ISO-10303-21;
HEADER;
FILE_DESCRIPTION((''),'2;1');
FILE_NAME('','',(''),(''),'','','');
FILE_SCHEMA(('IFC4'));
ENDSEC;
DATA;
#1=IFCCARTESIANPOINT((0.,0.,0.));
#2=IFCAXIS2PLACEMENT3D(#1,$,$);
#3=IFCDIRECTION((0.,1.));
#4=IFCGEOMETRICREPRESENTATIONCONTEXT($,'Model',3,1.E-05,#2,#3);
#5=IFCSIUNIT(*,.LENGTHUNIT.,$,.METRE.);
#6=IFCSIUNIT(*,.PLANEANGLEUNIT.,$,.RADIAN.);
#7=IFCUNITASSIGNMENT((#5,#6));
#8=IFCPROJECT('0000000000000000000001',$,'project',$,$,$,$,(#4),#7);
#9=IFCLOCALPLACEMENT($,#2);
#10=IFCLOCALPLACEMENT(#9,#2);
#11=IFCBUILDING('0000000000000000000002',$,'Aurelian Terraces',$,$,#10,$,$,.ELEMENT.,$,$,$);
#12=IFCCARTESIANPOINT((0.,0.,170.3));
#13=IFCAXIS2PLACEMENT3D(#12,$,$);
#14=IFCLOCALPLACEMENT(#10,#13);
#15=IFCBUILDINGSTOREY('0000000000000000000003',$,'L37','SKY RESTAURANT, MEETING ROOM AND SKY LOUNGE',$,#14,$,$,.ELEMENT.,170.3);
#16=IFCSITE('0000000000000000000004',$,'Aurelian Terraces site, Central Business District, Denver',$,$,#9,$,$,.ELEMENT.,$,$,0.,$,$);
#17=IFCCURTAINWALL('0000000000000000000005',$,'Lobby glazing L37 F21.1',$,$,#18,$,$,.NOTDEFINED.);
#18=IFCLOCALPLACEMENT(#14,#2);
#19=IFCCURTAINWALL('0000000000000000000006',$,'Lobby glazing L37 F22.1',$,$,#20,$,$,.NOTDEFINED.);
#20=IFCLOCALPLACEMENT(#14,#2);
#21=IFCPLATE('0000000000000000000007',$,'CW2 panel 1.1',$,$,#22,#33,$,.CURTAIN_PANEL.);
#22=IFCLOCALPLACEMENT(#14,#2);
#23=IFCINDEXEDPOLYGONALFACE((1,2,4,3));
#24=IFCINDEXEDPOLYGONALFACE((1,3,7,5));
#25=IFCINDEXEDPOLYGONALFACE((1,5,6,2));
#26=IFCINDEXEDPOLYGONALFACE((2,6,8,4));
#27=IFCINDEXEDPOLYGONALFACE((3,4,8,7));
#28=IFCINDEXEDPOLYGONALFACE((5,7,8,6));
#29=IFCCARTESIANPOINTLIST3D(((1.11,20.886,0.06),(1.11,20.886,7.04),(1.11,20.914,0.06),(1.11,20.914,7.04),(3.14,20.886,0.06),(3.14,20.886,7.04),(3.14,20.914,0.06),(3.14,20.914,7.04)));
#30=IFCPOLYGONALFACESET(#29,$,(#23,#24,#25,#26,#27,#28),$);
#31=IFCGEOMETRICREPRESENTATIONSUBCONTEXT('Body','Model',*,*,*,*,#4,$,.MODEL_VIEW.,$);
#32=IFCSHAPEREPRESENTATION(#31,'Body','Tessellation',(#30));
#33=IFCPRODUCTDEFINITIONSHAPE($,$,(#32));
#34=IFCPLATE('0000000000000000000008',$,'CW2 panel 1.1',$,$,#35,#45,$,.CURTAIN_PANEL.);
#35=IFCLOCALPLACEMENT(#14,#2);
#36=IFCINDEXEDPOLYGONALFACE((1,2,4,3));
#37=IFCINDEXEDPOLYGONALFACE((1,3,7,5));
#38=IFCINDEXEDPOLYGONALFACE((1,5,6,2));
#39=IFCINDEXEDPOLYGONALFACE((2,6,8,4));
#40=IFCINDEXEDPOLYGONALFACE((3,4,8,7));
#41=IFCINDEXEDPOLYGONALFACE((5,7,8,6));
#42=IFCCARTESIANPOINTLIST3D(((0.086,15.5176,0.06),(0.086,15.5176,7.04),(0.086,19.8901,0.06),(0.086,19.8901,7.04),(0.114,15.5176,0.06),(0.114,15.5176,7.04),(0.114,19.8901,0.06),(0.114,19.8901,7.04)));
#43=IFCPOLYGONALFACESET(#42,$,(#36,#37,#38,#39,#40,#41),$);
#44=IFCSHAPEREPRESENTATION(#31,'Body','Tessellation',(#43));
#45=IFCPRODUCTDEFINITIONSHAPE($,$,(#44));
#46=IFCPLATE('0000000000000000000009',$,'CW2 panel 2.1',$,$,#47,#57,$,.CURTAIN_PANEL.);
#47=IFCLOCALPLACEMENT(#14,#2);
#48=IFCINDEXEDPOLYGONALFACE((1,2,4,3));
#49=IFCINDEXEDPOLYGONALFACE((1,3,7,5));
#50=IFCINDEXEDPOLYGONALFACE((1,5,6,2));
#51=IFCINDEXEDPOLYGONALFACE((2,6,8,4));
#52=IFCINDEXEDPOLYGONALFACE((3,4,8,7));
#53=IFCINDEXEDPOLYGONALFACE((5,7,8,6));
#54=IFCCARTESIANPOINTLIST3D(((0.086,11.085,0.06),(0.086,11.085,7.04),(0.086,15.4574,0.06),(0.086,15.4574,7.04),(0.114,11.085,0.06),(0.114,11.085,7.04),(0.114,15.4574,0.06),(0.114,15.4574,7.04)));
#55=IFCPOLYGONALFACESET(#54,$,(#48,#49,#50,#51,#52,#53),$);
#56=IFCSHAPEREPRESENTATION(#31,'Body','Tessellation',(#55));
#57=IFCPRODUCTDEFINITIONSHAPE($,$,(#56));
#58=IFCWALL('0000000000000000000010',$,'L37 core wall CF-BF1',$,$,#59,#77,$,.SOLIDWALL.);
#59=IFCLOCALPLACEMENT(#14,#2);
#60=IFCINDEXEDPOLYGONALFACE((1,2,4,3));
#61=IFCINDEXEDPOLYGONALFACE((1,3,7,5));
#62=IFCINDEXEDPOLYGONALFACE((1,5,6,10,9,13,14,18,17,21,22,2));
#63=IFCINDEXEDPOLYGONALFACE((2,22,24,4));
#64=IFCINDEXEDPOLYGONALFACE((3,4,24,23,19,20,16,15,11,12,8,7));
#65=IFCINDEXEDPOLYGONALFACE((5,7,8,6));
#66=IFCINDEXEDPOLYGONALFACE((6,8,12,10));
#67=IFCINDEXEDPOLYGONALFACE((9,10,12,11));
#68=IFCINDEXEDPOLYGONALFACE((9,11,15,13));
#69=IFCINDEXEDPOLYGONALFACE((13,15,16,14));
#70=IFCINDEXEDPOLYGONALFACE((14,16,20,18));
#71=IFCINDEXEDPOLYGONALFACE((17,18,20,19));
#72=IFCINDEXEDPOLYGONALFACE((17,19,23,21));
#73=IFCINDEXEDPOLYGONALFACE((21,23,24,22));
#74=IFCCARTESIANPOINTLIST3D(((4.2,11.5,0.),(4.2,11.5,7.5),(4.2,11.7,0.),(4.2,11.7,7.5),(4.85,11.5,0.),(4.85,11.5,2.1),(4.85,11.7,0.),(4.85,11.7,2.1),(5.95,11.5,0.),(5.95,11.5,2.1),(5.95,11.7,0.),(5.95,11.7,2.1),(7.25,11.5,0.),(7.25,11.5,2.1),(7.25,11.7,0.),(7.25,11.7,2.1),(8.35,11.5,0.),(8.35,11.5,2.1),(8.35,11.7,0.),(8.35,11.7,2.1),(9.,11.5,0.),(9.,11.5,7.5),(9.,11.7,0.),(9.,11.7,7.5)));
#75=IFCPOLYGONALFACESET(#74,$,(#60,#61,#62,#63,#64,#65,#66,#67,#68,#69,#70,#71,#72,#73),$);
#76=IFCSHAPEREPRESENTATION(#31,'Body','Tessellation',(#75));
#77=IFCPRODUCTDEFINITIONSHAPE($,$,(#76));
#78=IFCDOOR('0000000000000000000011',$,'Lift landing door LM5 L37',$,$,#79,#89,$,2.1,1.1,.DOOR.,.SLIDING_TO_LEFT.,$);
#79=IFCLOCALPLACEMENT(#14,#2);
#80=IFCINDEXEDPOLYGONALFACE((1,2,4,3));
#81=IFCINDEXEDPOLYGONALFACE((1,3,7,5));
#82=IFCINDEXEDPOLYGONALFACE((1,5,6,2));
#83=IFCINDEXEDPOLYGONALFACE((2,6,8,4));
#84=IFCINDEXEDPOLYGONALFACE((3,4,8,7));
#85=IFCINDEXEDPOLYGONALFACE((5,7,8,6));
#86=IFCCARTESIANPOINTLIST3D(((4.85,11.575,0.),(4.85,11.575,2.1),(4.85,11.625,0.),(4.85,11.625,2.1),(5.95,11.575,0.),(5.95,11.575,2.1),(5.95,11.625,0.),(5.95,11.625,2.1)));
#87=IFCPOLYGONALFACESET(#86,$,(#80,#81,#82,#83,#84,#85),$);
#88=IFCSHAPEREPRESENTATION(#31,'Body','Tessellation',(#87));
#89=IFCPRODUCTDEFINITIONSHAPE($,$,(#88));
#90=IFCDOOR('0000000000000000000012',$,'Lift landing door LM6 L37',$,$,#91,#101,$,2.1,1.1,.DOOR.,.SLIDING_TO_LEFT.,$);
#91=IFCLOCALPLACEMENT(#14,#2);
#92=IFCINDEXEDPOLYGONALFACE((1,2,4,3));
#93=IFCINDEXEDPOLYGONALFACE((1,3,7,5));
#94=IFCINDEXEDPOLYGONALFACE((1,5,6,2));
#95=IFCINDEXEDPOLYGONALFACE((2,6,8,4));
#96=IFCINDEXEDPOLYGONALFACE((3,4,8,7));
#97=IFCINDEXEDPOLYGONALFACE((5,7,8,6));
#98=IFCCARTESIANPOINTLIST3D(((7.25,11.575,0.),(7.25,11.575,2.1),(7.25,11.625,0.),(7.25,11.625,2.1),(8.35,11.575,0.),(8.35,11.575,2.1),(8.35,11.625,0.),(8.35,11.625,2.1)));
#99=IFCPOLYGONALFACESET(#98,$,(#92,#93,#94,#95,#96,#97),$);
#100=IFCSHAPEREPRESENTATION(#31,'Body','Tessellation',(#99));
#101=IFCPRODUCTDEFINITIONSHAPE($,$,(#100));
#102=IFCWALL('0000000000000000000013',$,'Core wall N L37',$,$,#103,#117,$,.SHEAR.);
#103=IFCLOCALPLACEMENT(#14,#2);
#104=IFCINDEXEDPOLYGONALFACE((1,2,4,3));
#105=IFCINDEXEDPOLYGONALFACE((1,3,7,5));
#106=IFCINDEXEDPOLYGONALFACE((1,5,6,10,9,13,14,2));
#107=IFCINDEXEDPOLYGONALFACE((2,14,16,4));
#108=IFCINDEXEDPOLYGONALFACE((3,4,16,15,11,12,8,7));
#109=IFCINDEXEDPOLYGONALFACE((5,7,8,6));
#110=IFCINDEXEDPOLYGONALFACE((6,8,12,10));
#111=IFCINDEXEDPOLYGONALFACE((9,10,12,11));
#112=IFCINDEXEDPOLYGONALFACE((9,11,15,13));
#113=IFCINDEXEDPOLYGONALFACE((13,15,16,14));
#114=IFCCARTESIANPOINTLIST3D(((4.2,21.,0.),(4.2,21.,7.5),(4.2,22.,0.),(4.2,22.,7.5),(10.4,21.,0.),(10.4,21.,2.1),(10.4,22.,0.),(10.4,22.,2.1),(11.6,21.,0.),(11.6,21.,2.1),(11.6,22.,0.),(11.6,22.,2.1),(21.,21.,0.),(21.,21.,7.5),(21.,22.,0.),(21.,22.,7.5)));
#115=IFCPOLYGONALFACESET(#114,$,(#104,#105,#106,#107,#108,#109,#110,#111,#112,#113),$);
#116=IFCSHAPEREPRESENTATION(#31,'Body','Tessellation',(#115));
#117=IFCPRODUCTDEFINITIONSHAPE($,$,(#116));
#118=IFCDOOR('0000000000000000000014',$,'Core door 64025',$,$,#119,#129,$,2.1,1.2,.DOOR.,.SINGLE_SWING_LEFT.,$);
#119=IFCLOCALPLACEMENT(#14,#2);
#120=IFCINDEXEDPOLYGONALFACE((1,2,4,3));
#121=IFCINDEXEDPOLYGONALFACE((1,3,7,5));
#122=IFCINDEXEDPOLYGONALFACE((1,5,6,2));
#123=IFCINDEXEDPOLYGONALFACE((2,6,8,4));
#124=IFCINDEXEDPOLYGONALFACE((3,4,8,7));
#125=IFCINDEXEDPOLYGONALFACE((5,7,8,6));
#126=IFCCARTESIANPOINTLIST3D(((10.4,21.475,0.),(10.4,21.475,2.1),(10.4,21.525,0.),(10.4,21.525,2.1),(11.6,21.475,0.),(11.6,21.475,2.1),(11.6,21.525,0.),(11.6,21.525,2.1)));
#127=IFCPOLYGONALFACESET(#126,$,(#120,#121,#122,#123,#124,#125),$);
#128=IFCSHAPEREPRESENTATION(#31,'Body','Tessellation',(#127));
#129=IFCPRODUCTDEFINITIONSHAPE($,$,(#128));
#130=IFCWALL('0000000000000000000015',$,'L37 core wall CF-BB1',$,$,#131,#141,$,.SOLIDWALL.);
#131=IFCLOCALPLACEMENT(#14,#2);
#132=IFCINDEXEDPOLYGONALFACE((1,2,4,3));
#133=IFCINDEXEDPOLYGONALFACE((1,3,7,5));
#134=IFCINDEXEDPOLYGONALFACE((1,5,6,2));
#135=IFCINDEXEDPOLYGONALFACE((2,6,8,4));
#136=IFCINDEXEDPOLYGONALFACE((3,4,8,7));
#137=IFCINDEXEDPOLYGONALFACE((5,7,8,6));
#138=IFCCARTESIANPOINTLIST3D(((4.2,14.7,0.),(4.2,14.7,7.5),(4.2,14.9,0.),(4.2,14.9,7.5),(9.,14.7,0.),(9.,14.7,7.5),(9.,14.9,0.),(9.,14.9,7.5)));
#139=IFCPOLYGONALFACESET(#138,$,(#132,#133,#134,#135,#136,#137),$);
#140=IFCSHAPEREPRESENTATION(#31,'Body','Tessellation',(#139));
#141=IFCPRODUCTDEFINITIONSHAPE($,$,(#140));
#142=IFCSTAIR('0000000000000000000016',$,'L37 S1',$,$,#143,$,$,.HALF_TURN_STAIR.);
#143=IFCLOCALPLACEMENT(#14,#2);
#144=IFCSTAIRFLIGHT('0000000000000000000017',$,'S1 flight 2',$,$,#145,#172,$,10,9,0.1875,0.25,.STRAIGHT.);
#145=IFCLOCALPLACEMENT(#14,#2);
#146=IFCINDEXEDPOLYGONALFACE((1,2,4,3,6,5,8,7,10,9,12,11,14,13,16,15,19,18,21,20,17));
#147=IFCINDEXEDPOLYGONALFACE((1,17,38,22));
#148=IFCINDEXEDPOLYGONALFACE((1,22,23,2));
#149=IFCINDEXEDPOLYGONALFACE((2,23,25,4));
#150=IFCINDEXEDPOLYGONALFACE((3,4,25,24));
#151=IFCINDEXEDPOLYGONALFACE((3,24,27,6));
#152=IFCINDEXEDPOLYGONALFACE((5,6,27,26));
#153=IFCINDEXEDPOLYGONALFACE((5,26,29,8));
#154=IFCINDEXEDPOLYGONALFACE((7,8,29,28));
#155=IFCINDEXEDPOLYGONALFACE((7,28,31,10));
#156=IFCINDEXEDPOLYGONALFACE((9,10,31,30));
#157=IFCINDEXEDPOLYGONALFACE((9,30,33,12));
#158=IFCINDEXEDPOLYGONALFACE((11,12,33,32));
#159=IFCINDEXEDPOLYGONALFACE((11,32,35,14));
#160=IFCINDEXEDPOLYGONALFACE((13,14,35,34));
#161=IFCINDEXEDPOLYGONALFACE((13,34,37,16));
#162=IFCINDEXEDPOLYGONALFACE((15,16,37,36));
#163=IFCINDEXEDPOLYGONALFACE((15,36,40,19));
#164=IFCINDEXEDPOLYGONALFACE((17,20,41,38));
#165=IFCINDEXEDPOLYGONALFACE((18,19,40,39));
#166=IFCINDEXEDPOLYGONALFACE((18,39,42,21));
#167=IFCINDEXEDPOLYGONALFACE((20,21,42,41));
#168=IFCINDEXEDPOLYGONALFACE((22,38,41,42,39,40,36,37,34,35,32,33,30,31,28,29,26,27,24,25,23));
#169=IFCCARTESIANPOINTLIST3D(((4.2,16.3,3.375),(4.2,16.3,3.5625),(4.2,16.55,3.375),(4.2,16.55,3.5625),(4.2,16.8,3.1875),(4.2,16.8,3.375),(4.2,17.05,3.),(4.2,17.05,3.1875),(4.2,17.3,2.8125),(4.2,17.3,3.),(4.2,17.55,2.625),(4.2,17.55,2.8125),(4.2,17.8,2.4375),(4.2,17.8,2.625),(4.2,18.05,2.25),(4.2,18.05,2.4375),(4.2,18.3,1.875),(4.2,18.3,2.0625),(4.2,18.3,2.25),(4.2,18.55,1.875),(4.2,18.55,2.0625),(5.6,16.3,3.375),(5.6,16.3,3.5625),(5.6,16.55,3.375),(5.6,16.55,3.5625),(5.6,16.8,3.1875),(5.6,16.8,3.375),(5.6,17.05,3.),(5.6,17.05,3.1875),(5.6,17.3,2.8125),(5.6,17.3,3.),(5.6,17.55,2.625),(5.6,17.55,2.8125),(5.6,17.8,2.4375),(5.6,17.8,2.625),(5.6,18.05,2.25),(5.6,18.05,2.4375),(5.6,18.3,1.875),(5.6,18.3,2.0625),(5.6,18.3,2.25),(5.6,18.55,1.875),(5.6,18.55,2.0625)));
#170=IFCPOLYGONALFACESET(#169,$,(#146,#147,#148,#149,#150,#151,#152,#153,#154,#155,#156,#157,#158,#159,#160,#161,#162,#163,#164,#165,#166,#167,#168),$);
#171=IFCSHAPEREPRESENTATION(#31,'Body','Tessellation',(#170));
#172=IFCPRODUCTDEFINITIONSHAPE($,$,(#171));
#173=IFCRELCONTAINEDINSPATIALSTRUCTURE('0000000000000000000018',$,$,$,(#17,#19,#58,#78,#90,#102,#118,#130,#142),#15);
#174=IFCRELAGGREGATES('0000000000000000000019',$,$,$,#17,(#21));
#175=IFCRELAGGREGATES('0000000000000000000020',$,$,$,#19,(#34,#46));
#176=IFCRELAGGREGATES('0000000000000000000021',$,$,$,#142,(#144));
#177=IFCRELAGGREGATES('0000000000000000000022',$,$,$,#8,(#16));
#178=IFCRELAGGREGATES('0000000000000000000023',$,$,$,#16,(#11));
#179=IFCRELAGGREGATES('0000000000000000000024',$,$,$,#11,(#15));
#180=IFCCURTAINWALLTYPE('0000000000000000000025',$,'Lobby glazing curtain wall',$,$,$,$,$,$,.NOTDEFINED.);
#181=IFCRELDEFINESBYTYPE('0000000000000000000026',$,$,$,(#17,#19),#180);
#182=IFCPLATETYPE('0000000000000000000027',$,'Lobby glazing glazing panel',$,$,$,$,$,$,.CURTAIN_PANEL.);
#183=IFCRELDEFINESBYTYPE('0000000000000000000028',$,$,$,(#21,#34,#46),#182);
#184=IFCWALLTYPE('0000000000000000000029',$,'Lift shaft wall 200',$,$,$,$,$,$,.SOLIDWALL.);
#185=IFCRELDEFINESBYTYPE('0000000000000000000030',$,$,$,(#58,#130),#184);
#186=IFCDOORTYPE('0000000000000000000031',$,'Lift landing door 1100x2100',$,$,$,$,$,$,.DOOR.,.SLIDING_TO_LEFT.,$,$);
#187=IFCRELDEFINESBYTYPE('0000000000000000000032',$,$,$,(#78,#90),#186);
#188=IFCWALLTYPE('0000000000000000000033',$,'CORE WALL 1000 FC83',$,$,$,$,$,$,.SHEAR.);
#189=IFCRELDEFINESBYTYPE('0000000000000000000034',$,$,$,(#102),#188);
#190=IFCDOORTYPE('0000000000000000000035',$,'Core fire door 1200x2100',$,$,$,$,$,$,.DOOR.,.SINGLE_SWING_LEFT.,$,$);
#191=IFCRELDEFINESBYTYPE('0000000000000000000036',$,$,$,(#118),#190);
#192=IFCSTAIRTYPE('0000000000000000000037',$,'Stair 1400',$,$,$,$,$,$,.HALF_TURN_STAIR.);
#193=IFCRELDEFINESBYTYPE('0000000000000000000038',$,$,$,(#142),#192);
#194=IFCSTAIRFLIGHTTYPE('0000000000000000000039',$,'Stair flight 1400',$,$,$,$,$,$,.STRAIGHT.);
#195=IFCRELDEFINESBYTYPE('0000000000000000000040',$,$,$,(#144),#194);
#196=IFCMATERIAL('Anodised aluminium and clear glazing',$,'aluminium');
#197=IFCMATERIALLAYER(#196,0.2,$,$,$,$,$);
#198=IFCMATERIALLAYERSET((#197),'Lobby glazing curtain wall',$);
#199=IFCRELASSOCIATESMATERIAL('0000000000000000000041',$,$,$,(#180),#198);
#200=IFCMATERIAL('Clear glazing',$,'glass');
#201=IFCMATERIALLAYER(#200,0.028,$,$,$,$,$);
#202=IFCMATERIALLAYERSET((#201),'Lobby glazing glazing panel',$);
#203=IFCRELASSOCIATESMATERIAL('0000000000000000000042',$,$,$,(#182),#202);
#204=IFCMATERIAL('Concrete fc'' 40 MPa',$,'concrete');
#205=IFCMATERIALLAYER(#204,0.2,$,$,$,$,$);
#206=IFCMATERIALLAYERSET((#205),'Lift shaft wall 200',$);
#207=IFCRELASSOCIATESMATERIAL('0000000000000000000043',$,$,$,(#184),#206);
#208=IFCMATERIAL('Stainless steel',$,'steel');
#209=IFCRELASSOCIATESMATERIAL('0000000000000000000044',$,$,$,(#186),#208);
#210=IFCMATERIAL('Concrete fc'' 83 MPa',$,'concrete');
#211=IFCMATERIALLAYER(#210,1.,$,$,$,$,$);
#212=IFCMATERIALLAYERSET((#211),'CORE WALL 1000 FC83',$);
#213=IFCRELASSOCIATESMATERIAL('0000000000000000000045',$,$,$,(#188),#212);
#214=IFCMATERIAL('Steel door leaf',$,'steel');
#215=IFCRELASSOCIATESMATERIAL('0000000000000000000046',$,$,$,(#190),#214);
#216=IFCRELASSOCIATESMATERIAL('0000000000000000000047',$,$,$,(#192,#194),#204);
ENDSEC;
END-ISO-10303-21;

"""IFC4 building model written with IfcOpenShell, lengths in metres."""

from ifc_helpers import new_model, si_unit, direction, frame, frame_2d, origin, origin_2d, place, context, subcontext, project, spatial, polyline, rectangle, outline, extrude, source, transform, mapped, material, layer, layer_set, type_object, element, fill, aggregate, save


model = new_model("IFC4")

# Units and contexts
model_context = context("Model", 3, precision=1e-05, world=origin(), true_north=direction((0.0, 1.0)))
body_context = subcontext(model_context, "Body", "Model", "MODEL_VIEW")
ifc_project = project(units=[si_unit("LENGTHUNIT", "METRE"), si_unit("PLANEANGLEUNIT", "RADIAN")], contexts=[model_context])

# Site, building, storey
site_placement = place(None, origin())
site = spatial("IfcSite", under=ifc_project, at=site_placement, Name="Aurelian Terraces site, Central Business District, Denver", CompositionType="ELEMENT", RefElevation=0.0)
building_placement = place(site_placement, origin())
building = spatial("IfcBuilding", under=site, at=building_placement, Name="Aurelian Terraces", CompositionType="ELEMENT")
storey_placement = place(building_placement, frame((0.0, 0.0, 170.3)))
storey = spatial("IfcBuildingStorey", under=building, at=storey_placement, Name="L37", Description="SKY RESTAURANT, MEETING ROOM AND SKY LOUNGE", CompositionType="ELEMENT", Elevation=170.3)

# Shared definitions
ifc_material_1 = material(Name="Concrete fc' 83 MPa", Category="concrete")

# Curtain walls
ifc_material_2 = material(Name="Anodised aluminium and clear glazing", Category="aluminium")
ifc_layer_1 = layer(ifc_material_2, 0.2)
ifc_layer_set_1 = layer_set([ifc_layer_1], Name="Lobby glazing curtain wall")
curtain_wall_type = type_object("IfcCurtainWallType", Name="Lobby glazing curtain wall", PredefinedType="NOTDEFINED", material=ifc_layer_set_1)
curtain_wall_1_placement = place(storey_placement, origin())
curtain_wall_1 = element("IfcCurtainWall", 1, at=curtain_wall_1_placement, inside=storey, type_object=curtain_wall_type, Name="Lobby glazing L37 F21.1", PredefinedType="NOTDEFINED")
curtain_wall_2_placement = place(storey_placement, origin())
curtain_wall_2 = element("IfcCurtainWall", 2, at=curtain_wall_2_placement, inside=storey, type_object=curtain_wall_type, Name="Lobby glazing L37 F22.1", PredefinedType="NOTDEFINED")

# Plates
ifc_material_3 = material(Name="Clear glazing", Category="glass")
ifc_layer_2 = layer(ifc_material_3, 0.028)
ifc_layer_set_2 = layer_set([ifc_layer_2], Name="Lobby glazing glazing panel")
plate_type = type_object("IfcPlateType", Name="Lobby glazing glazing panel", PredefinedType="CURTAIN_PANEL", material=ifc_layer_set_2)
plate_1_placement = place(storey_placement, frame((2.125, 20.9, 0.06), z_axis=(0.0, 0.0, 1.0), x_axis=(-1.0, 0.0, 0.0)))
plate_1 = element("IfcPlate", 3, at=plate_1_placement, type_object=plate_type, Name="CW2 panel 1.1", PredefinedType="CURTAIN_PANEL", context=body_context, shape_type="SweptSolid", body=[
    extrude(rectangle(XDim=2.03, YDim=0.028, at=origin_2d()), origin(), (0.0, 0.0, 1.0), 6.98),
])
aggregate(curtain_wall_1, [plate_1])
plate_2_placement = place(storey_placement, frame((0.1, 17.7038, 0.06), z_axis=(0.0, 0.0, 1.0), x_axis=(0.0, -1.0, 0.0)))
plate_2 = element("IfcPlate", 4, at=plate_2_placement, type_object=plate_type, Name="CW2 panel 1.1", PredefinedType="CURTAIN_PANEL", context=body_context, shape_type="SweptSolid", body=[
    extrude(rectangle(XDim=4.3725, YDim=0.028, at=origin_2d()), origin(), (0.0, 0.0, 1.0), 6.98),
])
shared_shape_1 = source(origin(), body_context, "Body", "SweptSolid", [
    extrude(rectangle(XDim=4.3725, YDim=0.028, at=origin_2d()), origin(), (0.0, 0.0, 1.0), 6.98),
])
plate_3_placement = place(storey_placement, frame((0.1, 13.2712, 0.06), z_axis=(0.0, 0.0, 1.0), x_axis=(0.0, -1.0, 0.0)))
plate_3 = element("IfcPlate", 5, at=plate_3_placement, type_object=plate_type, Name="CW2 panel 2.1", PredefinedType="CURTAIN_PANEL", context=body_context, shape_type="MappedRepresentation", body=[
    mapped(shared_shape_1, transform((0.0, 0.0, 0.0), scale=1.0)),
])
aggregate(curtain_wall_2, [plate_2, plate_3])

# Wall, openings, doors
ifc_material_4 = material(Name="Concrete fc' 40 MPa", Category="concrete")
ifc_layer_3 = layer(ifc_material_4, 0.2)
ifc_layer_set_3 = layer_set([ifc_layer_3], Name="Lift shaft wall 200")
wall_type_1 = type_object("IfcWallType", Name="Lift shaft wall 200", PredefinedType="SOLIDWALL", material=ifc_layer_set_3)
wall_1_placement = place(storey_placement, frame((4.2, 11.6, 0.0), z_axis=(0.0, 0.0, 1.0), x_axis=(1.0, 0.0, 0.0)))
wall_1 = element("IfcWall", 6, at=wall_1_placement, inside=storey, type_object=wall_type_1, Name="L37 core wall CF-BF1", PredefinedType="SOLIDWALL", context=body_context, shape_type="SweptSolid", body=[
    extrude(rectangle(XDim=4.8, YDim=0.2, at=frame_2d((2.4, 0.0))), origin(), (0.0, 0.0, 1.0), 7.5),
])
shared_shape_2 = source(origin(), body_context, "Body", "SweptSolid", [
    extrude(rectangle(XDim=1.1, YDim=2.1, at=frame_2d((0.55, 1.05))), frame((0.0, 0.11, 0.0), z_axis=(0.0, -1.0, 0.0), x_axis=(1.0, 0.0, 0.0)), (0.0, 0.0, 1.0), 0.22),
])
opening_1_placement = place(wall_1_placement, frame((0.65, 0.0, 0.0)))
opening_1 = element("IfcOpeningElement", 7, at=opening_1_placement, cuts=wall_1, PredefinedType="OPENING", context=body_context, shape_type="MappedRepresentation", body=[
    mapped(shared_shape_2, transform((0.0, 0.0, 0.0), scale=1.0)),
])
opening_2_placement = place(wall_1_placement, frame((3.05, 0.0, 0.0)))
opening_2 = element("IfcOpeningElement", 8, at=opening_2_placement, cuts=wall_1, PredefinedType="OPENING", context=body_context, shape_type="MappedRepresentation", body=[
    mapped(shared_shape_2, transform((0.0, 0.0, 0.0), scale=1.0)),
])
ifc_material_5 = material(Name="Stainless steel", Category="steel")
door_type_1 = type_object("IfcDoorType", Name="Lift landing door 1100x2100", OperationType="SLIDING_TO_LEFT", PredefinedType="DOOR", material=ifc_material_5)
shared_shape_3 = source(origin(), body_context, "Body", "SweptSolid", [
    extrude(rectangle(XDim=1.1, YDim=2.1, at=frame_2d((0.55, 1.05))), frame((0.0, 0.025, 0.0), z_axis=(0.0, -1.0, 0.0), x_axis=(1.0, 0.0, 0.0)), (0.0, 0.0, 1.0), 0.05),
])
door_1_placement = place(opening_1_placement, origin())
door_1 = element("IfcDoor", 9, at=door_1_placement, inside=storey, type_object=door_type_1, Name="Lift landing door LM5 L37", OperationType="SLIDING_TO_LEFT", OverallHeight=2.1, OverallWidth=1.1, PredefinedType="DOOR", context=body_context, shape_type="MappedRepresentation", body=[
    mapped(shared_shape_3, transform((0.0, 0.0, 0.0), scale=1.0)),
])
fill(opening_1, door_1)
door_2_placement = place(opening_2_placement, origin())
door_2 = element("IfcDoor", 10, at=door_2_placement, inside=storey, type_object=door_type_1, Name="Lift landing door LM6 L37", OperationType="SLIDING_TO_LEFT", OverallHeight=2.1, OverallWidth=1.1, PredefinedType="DOOR", context=body_context, shape_type="MappedRepresentation", body=[
    mapped(shared_shape_3, transform((0.0, 0.0, 0.0), scale=1.0)),
])
fill(opening_2, door_2)

# Wall, opening, door
ifc_layer_4 = layer(ifc_material_1, 1.0)
ifc_layer_set_4 = layer_set([ifc_layer_4], Name="CORE WALL 1000 FC83")
wall_type_2 = type_object("IfcWallType", Name="CORE WALL 1000 FC83", PredefinedType="SHEAR", material=ifc_layer_set_4)
shared_shape_4 = source(origin(), body_context, "Body", "SweptSolid", [
    extrude(rectangle(XDim=16.8, YDim=1.0, at=frame_2d((8.4, 0.0))), origin(), (0.0, 0.0, 1.0), 7.5),
])
wall_2_placement = place(storey_placement, frame((4.2, 21.5, 0.0), z_axis=(0.0, 0.0, 1.0), x_axis=(1.0, 0.0, 0.0)))
wall_2 = element("IfcWall", 11, at=wall_2_placement, inside=storey, type_object=wall_type_2, Name="Core wall N L37", PredefinedType="SHEAR", context=body_context, shape_type="MappedRepresentation", body=[
    mapped(shared_shape_4, transform((0.0, 0.0, 0.0), scale=1.0)),
])
shared_shape_5 = source(origin(), body_context, "Body", "SweptSolid", [
    extrude(rectangle(XDim=1.2, YDim=2.1, at=frame_2d((0.6, 1.05))), frame((0.0, 0.51, 0.0), z_axis=(0.0, -1.0, 0.0), x_axis=(1.0, 0.0, 0.0)), (0.0, 0.0, 1.0), 1.02),
])
opening_3_placement = place(wall_2_placement, frame((6.2, 0.0, 0.0)))
opening_3 = element("IfcOpeningElement", 12, at=opening_3_placement, cuts=wall_2, PredefinedType="OPENING", context=body_context, shape_type="MappedRepresentation", body=[
    mapped(shared_shape_5, transform((0.0, 0.0, 0.0), scale=1.0)),
])
ifc_material_6 = material(Name="Steel door leaf", Category="steel")
door_type_2 = type_object("IfcDoorType", Name="Core fire door 1200x2100", OperationType="SINGLE_SWING_LEFT", PredefinedType="DOOR", material=ifc_material_6)
shared_shape_6 = source(origin(), body_context, "Body", "SweptSolid", [
    extrude(rectangle(XDim=1.2, YDim=2.1, at=frame_2d((0.6, 1.05))), frame((0.0, 0.025, 0.0), z_axis=(0.0, -1.0, 0.0), x_axis=(1.0, 0.0, 0.0)), (0.0, 0.0, 1.0), 0.05),
])
door_3_placement = place(opening_3_placement, origin())
door_3 = element("IfcDoor", 13, at=door_3_placement, inside=storey, type_object=door_type_2, Name="Core door 64025", OperationType="SINGLE_SWING_LEFT", OverallHeight=2.1, OverallWidth=1.2, PredefinedType="DOOR", context=body_context, shape_type="MappedRepresentation", body=[
    mapped(shared_shape_6, transform((0.0, 0.0, 0.0), scale=1.0)),
])
fill(opening_3, door_3)

# Wall
shared_shape_7 = source(origin(), body_context, "Body", "SweptSolid", [
    extrude(rectangle(XDim=4.8, YDim=0.2, at=frame_2d((2.4, 0.0))), origin(), (0.0, 0.0, 1.0), 7.5),
])
wall_3_placement = place(storey_placement, frame((4.2, 14.8, 0.0), z_axis=(0.0, 0.0, 1.0), x_axis=(1.0, 0.0, 0.0)))
element("IfcWall", 14, at=wall_3_placement, inside=storey, type_object=wall_type_1, Name="L37 core wall CF-BB1", PredefinedType="SOLIDWALL", context=body_context, shape_type="MappedRepresentation", body=[
    mapped(shared_shape_7, transform((0.0, 0.0, 0.0), scale=1.0)),
])

# Stair, stair flight
stair_type = type_object("IfcStairType", Name="Stair 1400", PredefinedType="HALF_TURN_STAIR", material=ifc_material_4)
stair_placement = place(storey_placement, origin())
stair = element("IfcStair", 15, at=stair_placement, inside=storey, type_object=stair_type, Name="L37 S1", PredefinedType="HALF_TURN_STAIR")
stair_flight_type = type_object("IfcStairFlightType", Name="Stair flight 1400", PredefinedType="STRAIGHT", material=ifc_material_4)
shared_shape_8 = source(origin(), body_context, "Body", "SweptSolid", [
    extrude(outline(polyline([(0.0, 0.0), (0.0, 0.1875), (0.25, 0.1875), (0.25, 0.375), (0.5, 0.375), (0.5, 0.5625), (0.75, 0.5625), (0.75, 0.75), (1.0, 0.75), (1.0, 0.9375), (1.25, 0.9375), (1.25, 1.125), (1.5, 1.125), (1.5, 1.3125), (1.75, 1.3125), (1.75, 1.5), (2.0, 1.5), (2.0, 1.6875), (2.25, 1.6875), (2.25, 1.875), (2.25, 1.5), (0.25, 0.0), (0.0, 0.0)])), frame((0.0, 0.7, 0.0), z_axis=(0.0, -1.0, 0.0), x_axis=(1.0, 0.0, 0.0)), (0.0, 0.0, 1.0), 1.4),
])
stair_flight_1_placement = place(storey_placement, frame((4.9, 18.55, 1.875), z_axis=(0.0, 0.0, 1.0), x_axis=(0.0, -1.0, 0.0)))
stair_flight_1 = element("IfcStairFlight", 16, at=stair_flight_1_placement, type_object=stair_flight_type, Name="S1 flight 2", NumberOfRisers=10, NumberOfTreads=9, PredefinedType="STRAIGHT", RiserHeight=0.1875, TreadLength=0.25, context=body_context, shape_type="MappedRepresentation", body=[
    mapped(shared_shape_8, transform((0.0, 0.0, 0.0), scale=1.0)),
])
aggregate(stair, [stair_flight_1])

save(model, "model.ifc")
